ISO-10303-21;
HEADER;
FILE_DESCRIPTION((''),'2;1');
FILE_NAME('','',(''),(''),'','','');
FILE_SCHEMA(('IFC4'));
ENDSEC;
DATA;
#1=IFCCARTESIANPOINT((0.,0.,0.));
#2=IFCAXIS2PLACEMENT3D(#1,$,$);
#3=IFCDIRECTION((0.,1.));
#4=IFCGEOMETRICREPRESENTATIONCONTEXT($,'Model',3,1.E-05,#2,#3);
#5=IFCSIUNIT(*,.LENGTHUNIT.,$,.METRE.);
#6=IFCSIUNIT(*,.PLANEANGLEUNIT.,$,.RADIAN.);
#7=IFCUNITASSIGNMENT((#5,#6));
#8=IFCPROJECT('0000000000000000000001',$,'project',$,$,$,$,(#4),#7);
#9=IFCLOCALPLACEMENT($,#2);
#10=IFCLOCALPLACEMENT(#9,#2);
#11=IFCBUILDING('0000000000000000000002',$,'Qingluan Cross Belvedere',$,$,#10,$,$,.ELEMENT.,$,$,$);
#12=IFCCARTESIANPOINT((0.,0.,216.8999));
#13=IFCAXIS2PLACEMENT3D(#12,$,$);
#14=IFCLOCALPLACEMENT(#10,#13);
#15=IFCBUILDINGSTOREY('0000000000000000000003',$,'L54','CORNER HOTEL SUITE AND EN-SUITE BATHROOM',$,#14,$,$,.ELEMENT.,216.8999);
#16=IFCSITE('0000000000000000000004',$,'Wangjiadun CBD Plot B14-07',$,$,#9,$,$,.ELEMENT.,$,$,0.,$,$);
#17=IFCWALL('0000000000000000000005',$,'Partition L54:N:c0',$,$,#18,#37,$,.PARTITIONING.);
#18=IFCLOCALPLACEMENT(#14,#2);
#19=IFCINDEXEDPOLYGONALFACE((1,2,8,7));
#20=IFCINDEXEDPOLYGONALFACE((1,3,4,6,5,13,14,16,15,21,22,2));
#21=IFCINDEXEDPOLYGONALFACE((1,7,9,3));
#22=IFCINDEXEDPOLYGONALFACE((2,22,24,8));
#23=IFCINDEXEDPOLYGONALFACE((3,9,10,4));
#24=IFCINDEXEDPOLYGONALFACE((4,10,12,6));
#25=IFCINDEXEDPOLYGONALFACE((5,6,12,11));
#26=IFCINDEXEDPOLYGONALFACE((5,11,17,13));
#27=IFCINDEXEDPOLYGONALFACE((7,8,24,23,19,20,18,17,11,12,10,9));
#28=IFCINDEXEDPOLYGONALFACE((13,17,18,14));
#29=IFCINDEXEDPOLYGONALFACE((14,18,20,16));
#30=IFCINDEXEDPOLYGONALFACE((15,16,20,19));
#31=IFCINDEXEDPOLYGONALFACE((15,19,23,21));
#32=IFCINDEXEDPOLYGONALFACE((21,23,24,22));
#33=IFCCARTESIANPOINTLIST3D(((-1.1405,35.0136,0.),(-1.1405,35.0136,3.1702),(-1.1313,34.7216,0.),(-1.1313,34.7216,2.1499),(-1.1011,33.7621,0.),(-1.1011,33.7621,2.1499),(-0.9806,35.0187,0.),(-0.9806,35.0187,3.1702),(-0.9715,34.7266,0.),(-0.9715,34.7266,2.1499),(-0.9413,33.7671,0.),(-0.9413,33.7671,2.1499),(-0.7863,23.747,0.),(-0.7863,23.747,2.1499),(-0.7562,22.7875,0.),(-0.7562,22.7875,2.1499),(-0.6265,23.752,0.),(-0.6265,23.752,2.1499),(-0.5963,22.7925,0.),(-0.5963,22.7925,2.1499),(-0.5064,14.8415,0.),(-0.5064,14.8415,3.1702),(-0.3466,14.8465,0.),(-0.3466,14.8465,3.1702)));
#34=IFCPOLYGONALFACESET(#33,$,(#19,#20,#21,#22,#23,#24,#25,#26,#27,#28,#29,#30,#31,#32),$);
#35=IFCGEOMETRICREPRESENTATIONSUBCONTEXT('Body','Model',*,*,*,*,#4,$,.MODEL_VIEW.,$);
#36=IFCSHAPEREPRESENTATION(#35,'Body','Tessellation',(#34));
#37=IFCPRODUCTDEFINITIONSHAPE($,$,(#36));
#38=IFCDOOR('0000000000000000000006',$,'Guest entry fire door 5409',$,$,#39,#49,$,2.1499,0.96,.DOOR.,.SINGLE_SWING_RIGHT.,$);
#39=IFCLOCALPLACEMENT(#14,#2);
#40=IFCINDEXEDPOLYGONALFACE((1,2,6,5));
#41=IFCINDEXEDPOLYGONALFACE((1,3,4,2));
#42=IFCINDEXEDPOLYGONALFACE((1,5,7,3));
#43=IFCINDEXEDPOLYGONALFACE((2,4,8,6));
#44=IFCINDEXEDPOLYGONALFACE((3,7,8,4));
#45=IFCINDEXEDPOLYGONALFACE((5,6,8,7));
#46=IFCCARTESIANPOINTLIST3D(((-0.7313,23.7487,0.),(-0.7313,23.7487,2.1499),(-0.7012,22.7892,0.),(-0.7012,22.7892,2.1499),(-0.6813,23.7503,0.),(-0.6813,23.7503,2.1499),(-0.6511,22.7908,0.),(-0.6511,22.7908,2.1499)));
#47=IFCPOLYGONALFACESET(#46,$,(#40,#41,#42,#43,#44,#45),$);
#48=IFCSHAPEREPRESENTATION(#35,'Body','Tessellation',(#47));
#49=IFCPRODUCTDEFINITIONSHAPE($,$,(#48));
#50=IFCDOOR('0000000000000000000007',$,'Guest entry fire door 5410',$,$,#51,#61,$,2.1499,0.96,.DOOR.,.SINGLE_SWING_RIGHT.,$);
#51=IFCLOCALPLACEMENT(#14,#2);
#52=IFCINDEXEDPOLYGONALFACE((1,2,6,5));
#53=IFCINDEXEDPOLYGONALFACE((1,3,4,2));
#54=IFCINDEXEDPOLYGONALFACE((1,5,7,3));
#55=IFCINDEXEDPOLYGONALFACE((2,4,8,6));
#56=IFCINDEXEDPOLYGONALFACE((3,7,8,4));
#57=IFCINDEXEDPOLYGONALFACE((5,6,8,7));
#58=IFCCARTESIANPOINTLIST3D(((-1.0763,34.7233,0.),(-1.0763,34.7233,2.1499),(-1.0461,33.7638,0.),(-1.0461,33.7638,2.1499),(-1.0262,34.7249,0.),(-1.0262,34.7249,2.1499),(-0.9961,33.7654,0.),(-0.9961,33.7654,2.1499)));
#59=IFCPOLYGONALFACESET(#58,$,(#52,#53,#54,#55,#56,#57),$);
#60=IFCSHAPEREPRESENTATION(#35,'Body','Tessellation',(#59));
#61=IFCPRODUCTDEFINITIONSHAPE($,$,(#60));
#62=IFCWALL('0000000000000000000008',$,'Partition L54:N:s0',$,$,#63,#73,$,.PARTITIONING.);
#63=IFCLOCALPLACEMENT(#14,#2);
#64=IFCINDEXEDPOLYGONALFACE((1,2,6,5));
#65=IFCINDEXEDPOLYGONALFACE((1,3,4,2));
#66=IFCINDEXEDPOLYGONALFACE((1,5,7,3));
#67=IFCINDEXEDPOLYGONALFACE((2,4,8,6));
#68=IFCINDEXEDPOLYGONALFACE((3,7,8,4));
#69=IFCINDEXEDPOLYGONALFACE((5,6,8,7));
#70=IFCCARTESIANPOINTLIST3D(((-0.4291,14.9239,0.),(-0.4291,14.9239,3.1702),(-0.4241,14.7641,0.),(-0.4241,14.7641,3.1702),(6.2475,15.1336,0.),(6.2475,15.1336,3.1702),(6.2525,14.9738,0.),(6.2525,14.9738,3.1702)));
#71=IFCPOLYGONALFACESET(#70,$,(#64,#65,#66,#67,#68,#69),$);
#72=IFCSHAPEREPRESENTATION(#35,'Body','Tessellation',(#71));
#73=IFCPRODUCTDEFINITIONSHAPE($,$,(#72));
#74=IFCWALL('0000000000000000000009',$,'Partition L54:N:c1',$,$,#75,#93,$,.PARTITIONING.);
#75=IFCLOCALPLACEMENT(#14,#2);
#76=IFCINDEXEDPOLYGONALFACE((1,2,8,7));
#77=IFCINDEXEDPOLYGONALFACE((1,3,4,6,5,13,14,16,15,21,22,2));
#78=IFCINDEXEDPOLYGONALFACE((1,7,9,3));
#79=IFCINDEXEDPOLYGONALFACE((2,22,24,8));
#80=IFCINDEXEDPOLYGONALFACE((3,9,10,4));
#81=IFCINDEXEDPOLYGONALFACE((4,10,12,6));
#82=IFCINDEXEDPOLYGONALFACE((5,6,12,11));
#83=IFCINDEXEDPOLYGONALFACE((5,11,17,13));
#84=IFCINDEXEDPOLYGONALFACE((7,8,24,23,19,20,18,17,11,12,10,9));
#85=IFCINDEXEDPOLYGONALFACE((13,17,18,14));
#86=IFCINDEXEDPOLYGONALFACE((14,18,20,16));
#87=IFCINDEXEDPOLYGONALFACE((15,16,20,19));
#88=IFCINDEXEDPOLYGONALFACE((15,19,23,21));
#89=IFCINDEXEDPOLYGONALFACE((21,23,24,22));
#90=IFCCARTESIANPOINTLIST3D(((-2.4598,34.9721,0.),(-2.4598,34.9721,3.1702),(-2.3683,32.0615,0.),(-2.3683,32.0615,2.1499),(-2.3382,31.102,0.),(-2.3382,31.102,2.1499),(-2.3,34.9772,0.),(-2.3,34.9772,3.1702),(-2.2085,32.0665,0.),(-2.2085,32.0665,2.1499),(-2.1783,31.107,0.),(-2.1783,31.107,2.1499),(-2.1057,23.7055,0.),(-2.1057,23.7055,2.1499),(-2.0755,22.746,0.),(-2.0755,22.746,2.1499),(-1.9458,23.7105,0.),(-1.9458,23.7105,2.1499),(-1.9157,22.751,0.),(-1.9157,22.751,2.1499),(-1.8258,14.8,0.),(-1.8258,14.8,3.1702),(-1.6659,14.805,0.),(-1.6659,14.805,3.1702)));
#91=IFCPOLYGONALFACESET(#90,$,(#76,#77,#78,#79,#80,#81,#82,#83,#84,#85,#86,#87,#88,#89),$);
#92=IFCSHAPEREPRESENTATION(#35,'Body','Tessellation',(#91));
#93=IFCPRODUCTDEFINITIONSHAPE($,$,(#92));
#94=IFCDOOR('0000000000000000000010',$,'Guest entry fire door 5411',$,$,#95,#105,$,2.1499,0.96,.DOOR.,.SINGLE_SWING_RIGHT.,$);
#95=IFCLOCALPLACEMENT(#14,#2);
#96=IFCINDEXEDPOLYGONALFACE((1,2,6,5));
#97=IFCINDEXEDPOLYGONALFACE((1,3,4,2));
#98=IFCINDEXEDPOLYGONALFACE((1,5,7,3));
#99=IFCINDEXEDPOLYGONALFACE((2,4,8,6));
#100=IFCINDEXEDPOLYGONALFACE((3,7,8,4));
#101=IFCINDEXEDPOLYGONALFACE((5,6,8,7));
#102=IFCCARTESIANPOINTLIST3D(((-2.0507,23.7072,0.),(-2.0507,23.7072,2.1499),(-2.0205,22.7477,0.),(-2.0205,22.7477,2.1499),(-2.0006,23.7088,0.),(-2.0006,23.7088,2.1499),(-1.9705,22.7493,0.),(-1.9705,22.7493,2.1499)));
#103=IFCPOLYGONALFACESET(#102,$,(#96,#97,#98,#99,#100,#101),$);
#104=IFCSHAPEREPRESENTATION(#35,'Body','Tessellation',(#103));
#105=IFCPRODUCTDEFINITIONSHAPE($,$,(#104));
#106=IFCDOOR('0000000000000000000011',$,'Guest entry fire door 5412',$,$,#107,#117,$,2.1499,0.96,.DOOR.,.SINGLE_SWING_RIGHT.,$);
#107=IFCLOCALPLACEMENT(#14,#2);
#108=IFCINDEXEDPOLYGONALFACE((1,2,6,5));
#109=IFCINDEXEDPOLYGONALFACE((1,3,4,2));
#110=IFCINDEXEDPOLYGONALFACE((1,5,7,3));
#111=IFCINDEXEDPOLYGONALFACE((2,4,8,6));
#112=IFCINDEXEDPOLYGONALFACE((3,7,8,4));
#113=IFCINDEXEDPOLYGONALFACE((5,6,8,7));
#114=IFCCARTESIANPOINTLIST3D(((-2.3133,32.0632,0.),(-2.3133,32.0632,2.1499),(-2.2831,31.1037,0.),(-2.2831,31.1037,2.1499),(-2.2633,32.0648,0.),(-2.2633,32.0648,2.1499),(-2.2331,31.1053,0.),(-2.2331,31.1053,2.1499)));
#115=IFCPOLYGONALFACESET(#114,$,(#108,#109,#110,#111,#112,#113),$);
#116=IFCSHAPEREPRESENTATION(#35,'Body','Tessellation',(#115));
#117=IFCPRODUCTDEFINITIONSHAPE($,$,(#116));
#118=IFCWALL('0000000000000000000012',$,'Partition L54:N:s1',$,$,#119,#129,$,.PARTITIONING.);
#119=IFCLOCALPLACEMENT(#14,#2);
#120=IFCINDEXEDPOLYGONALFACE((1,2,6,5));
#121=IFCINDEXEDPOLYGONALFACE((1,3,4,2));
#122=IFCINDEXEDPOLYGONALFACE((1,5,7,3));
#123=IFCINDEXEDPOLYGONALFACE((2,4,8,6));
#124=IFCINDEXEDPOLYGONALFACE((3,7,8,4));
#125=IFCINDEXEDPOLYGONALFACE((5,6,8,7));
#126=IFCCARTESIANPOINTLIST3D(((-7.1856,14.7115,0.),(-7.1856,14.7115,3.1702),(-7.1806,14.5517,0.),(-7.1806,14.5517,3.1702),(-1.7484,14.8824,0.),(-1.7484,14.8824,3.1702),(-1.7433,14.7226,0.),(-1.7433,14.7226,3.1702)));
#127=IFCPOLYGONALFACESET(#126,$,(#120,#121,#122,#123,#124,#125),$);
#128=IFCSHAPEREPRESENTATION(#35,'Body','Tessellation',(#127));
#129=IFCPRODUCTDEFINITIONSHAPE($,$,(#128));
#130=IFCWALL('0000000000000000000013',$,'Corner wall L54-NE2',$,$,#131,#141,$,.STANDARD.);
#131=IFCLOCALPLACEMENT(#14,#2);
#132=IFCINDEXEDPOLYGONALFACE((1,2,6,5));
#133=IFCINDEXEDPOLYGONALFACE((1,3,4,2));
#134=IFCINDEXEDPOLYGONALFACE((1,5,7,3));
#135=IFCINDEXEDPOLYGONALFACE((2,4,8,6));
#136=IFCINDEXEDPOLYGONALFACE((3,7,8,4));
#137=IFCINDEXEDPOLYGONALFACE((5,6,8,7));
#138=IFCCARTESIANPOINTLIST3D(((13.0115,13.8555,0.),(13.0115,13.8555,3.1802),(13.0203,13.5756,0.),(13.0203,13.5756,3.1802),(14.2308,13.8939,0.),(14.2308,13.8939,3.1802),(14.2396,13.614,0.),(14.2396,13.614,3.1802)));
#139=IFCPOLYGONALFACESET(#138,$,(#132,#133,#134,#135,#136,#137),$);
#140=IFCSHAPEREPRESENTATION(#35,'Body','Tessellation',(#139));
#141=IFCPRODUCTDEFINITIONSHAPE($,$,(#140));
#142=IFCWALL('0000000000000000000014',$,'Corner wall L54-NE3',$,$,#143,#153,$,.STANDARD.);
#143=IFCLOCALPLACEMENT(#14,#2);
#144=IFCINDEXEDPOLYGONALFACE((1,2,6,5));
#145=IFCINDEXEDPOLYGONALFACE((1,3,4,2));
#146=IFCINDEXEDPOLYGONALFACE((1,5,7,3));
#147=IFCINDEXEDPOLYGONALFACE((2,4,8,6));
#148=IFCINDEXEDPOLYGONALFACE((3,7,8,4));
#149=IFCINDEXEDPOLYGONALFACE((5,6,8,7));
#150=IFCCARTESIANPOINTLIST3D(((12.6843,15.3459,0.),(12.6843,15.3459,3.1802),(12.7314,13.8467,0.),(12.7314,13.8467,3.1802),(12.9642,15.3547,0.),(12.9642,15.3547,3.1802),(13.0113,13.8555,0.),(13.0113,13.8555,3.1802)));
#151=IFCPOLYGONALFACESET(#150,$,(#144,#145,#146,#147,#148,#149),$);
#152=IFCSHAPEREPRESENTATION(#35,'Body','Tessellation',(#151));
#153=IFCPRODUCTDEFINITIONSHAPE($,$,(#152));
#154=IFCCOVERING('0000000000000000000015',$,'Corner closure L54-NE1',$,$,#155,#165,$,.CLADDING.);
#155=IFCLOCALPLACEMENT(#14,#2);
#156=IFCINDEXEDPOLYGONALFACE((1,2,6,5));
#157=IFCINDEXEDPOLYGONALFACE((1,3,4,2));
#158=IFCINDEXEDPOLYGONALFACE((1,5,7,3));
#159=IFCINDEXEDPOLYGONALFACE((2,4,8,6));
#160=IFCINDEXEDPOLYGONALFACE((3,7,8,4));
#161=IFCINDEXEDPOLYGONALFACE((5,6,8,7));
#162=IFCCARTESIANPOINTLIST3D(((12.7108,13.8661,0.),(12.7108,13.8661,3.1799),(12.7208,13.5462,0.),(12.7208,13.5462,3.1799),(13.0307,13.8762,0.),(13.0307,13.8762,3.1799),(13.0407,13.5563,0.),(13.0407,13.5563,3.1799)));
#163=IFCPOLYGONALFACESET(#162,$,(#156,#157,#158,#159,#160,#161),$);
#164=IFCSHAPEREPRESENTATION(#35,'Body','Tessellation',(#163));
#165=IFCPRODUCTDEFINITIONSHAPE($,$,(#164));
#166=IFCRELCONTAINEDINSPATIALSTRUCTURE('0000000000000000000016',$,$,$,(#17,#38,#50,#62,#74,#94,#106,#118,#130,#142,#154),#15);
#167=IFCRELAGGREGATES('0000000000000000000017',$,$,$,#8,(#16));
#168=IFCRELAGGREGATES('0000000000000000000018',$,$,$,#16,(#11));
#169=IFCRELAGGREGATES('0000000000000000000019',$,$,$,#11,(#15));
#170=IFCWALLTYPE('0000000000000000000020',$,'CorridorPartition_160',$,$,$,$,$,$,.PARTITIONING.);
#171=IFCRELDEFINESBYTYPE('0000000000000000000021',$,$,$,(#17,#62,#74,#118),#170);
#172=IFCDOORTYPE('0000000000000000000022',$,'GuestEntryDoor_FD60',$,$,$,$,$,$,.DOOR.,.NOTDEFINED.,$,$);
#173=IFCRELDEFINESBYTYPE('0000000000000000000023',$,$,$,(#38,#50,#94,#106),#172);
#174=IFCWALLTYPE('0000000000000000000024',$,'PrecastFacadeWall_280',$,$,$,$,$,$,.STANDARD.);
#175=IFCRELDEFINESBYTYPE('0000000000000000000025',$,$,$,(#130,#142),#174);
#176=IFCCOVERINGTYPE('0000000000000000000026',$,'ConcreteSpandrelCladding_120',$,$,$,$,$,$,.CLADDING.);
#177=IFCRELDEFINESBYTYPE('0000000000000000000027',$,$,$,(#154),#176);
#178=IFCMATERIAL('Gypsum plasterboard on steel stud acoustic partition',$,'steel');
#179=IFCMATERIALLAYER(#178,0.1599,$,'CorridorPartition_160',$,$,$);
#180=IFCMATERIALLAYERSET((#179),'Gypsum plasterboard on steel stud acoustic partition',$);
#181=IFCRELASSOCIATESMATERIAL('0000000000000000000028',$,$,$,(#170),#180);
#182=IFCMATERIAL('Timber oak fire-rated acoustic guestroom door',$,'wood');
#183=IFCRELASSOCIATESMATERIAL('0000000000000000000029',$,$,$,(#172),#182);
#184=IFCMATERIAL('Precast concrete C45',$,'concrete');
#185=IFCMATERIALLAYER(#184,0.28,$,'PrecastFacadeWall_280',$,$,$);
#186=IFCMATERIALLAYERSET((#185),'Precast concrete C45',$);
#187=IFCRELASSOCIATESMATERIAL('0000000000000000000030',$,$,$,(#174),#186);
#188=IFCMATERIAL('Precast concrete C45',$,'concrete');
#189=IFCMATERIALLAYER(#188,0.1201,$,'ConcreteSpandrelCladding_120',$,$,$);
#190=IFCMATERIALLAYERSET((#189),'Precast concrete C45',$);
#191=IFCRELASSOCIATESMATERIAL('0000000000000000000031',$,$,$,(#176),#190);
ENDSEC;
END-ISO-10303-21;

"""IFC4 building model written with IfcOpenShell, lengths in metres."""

from ifc_helpers import new_model, si_unit, direction, frame, frame_2d, origin, origin_2d, place, context, subcontext, project, spatial, rectangle, extrude, material, layer, layer_set, type_object, element, fill, save


model = new_model("IFC4")

# Units and contexts
model_context = context("Model", 3, precision=1e-05, world=origin(), true_north=direction((0.0, 1.0)))
body_context = subcontext(model_context, "Body", "Model", "MODEL_VIEW")
ifc_project = project(units=[si_unit("LENGTHUNIT", "METRE"), si_unit("PLANEANGLEUNIT", "RADIAN")], contexts=[model_context])

# Site, building, storey
site_placement = place(None, origin())
site = spatial("IfcSite", under=ifc_project, at=site_placement, Name="Wangjiadun CBD Plot B14-07", CompositionType="ELEMENT", RefElevation=0.0)
building_placement = place(site_placement, origin())
building = spatial("IfcBuilding", under=site, at=building_placement, Name="Qingluan Cross Belvedere", CompositionType="ELEMENT")
storey_placement = place(building_placement, frame((0.0, 0.0, 216.8999)))
storey = spatial("IfcBuildingStorey", under=building, at=storey_placement, Name="L54", Description="CORNER HOTEL SUITE AND EN-SUITE BATHROOM", CompositionType="ELEMENT", Elevation=216.8999)

# Shared definitions
ifc_material_1 = material(Name="Gypsum plasterboard on steel stud acoustic partition", Category="steel")
ifc_layer_1 = layer(ifc_material_1, 0.1599, Name="CorridorPartition_160")
ifc_layer_set_1 = layer_set([ifc_layer_1], Name="Gypsum plasterboard on steel stud acoustic partition")
wall_type_1 = type_object("IfcWallType", Name="CorridorPartition_160", PredefinedType="PARTITIONING", material=ifc_layer_set_1)

# Wall, openings, doors
wall_1_placement = place(storey_placement, frame((-0.4265, 14.844, 0.0), z_axis=(0.0, 0.0, 1.0), x_axis=(-0.031416, 0.999506, 0.0)))
wall_1 = element("IfcWall", 1, at=wall_1_placement, inside=storey, type_object=wall_type_1, Name="Partition L54:N:c0", PredefinedType="PARTITIONING", context=body_context, shape_type="SweptSolid", body=[
    extrude(rectangle(XDim=20.1821, YDim=0.1599, at=frame_2d((10.0911, 0.0))), origin(), (0.0, 0.0, 1.0), 3.1702),
])
opening_1_placement = place(wall_1_placement, frame((7.95, 0.0, 0.0)))
opening_1 = element("IfcOpeningElement", 2, at=opening_1_placement, cuts=wall_1, PredefinedType="OPENING", context=body_context, shape_type="SweptSolid", body=[
    extrude(rectangle(XDim=0.96, YDim=2.1499, at=frame_2d((0.48, 1.075))), frame((0.0, 0.0898, 0.0), z_axis=(0.0, -1.0, 0.0), x_axis=(1.0, 0.0, 0.0)), (0.0, 0.0, 1.0), 0.1799),
])
opening_2_placement = place(wall_1_placement, frame((18.9299, 0.0, 0.0)))
opening_2 = element("IfcOpeningElement", 3, at=opening_2_placement, cuts=wall_1, PredefinedType="OPENING", context=body_context, shape_type="SweptSolid", body=[
    extrude(rectangle(XDim=0.96, YDim=2.1499, at=frame_2d((0.48, 1.075))), frame((0.0, 0.0898, 0.0), z_axis=(0.0, -1.0, 0.0), x_axis=(1.0, 0.0, 0.0)), (0.0, 0.0, 1.0), 0.1799),
])
ifc_material_2 = material(Name="Timber oak fire-rated acoustic guestroom door", Category="wood")
door_type = type_object("IfcDoorType", Name="GuestEntryDoor_FD60", OperationType="NOTDEFINED", PredefinedType="DOOR", material=ifc_material_2)
door_1_placement = place(opening_1_placement, origin())
door_1 = element("IfcDoor", 4, at=door_1_placement, inside=storey, type_object=door_type, Name="Guest entry fire door 5409", OperationType="SINGLE_SWING_RIGHT", OverallHeight=2.1499, OverallWidth=0.96, PredefinedType="DOOR", context=body_context, shape_type="SweptSolid", body=[
    extrude(rectangle(XDim=0.96, YDim=2.1499, at=frame_2d((0.48, 1.075))), frame((0.0, 0.0249, 0.0), z_axis=(0.0, -1.0, 0.0), x_axis=(1.0, 0.0, 0.0)), (0.0, 0.0, 1.0), 0.05),
])
fill(opening_1, door_1)
door_2_placement = place(opening_2_placement, origin())
door_2 = element("IfcDoor", 5, at=door_2_placement, inside=storey, type_object=door_type, Name="Guest entry fire door 5410", OperationType="SINGLE_SWING_RIGHT", OverallHeight=2.1499, OverallWidth=0.96, PredefinedType="DOOR", context=body_context, shape_type="SweptSolid", body=[
    extrude(rectangle(XDim=0.96, YDim=2.1499, at=frame_2d((0.48, 1.075))), frame((0.0, 0.0249, 0.0), z_axis=(0.0, -1.0, 0.0), x_axis=(1.0, 0.0, 0.0)), (0.0, 0.0, 1.0), 0.05),
])
fill(opening_2, door_2)

# Wall
wall_2_placement = place(storey_placement, frame((-0.4265, 14.844, 0.0), z_axis=(0.0, 0.0, 1.0), x_axis=(0.999507, 0.031394, 0.0)))
element("IfcWall", 6, at=wall_2_placement, inside=storey, type_object=wall_type_1, Name="Partition L54:N:s0", PredefinedType="PARTITIONING", context=body_context, shape_type="SweptSolid", body=[
    extrude(rectangle(XDim=6.6799, YDim=0.1599, at=frame_2d((3.3398, 0.0))), origin(), (0.0, 0.0, 1.0), 3.1702),
])

# Wall, openings, doors
wall_3_placement = place(storey_placement, frame((-1.7458, 14.8025, 0.0), z_axis=(0.0, 0.0, 1.0), x_axis=(-0.031416, 0.999506, 0.0)))
wall_3 = element("IfcWall", 7, at=wall_3_placement, inside=storey, type_object=wall_type_1, Name="Partition L54:N:c1", PredefinedType="PARTITIONING", context=body_context, shape_type="SweptSolid", body=[
    extrude(rectangle(XDim=20.1821, YDim=0.1599, at=frame_2d((10.0911, 0.0))), origin(), (0.0, 0.0, 1.0), 3.1702),
])
opening_3_placement = place(wall_3_placement, frame((7.95, 0.0, 0.0)))
opening_3 = element("IfcOpeningElement", 8, at=opening_3_placement, cuts=wall_3, PredefinedType="OPENING", context=body_context, shape_type="SweptSolid", body=[
    extrude(rectangle(XDim=0.96, YDim=2.1499, at=frame_2d((0.48, 1.075))), frame((0.0, 0.0898, 0.0), z_axis=(0.0, -1.0, 0.0), x_axis=(1.0, 0.0, 0.0)), (0.0, 0.0, 1.0), 0.1799),
])
opening_4_placement = place(wall_3_placement, frame((16.3101, 0.0, 0.0)))
opening_4 = element("IfcOpeningElement", 9, at=opening_4_placement, cuts=wall_3, PredefinedType="OPENING", context=body_context, shape_type="SweptSolid", body=[
    extrude(rectangle(XDim=0.96, YDim=2.1499, at=frame_2d((0.48, 1.075))), frame((0.0, 0.0898, 0.0), z_axis=(0.0, -1.0, 0.0), x_axis=(1.0, 0.0, 0.0)), (0.0, 0.0, 1.0), 0.1799),
])
door_3_placement = place(opening_3_placement, origin())
door_3 = element("IfcDoor", 10, at=door_3_placement, inside=storey, type_object=door_type, Name="Guest entry fire door 5411", OperationType="SINGLE_SWING_RIGHT", OverallHeight=2.1499, OverallWidth=0.96, PredefinedType="DOOR", context=body_context, shape_type="SweptSolid", body=[
    extrude(rectangle(XDim=0.96, YDim=2.1499, at=frame_2d((0.48, 1.075))), frame((0.0, 0.0249, 0.0), z_axis=(0.0, -1.0, 0.0), x_axis=(1.0, 0.0, 0.0)), (0.0, 0.0, 1.0), 0.05),
])
fill(opening_3, door_3)
door_4_placement = place(opening_4_placement, origin())
door_4 = element("IfcDoor", 11, at=door_4_placement, inside=storey, type_object=door_type, Name="Guest entry fire door 5412", OperationType="SINGLE_SWING_RIGHT", OverallHeight=2.1499, OverallWidth=0.96, PredefinedType="DOOR", context=body_context, shape_type="SweptSolid", body=[
    extrude(rectangle(XDim=0.96, YDim=2.1499, at=frame_2d((0.48, 1.075))), frame((0.0, 0.0249, 0.0), z_axis=(0.0, -1.0, 0.0), x_axis=(1.0, 0.0, 0.0)), (0.0, 0.0, 1.0), 0.05),
])
fill(opening_4, door_4)

# Walls
wall_4_placement = place(storey_placement, frame((-1.7458, 14.8025, 0.0), z_axis=(0.0, 0.0, 1.0), x_axis=(-0.999506, -0.031415, 0.0)))
element("IfcWall", 12, at=wall_4_placement, inside=storey, type_object=wall_type_1, Name="Partition L54:N:s1", PredefinedType="PARTITIONING", context=body_context, shape_type="SweptSolid", body=[
    extrude(rectangle(XDim=5.4399, YDim=0.1599, at=frame_2d((2.72, 0.0))), origin(), (0.0, 0.0, 1.0), 3.1702),
])
ifc_material_3 = material(Name="Precast concrete C45", Category="concrete")
ifc_layer_2 = layer(ifc_material_3, 0.28, Name="PrecastFacadeWall_280")
ifc_layer_set_2 = layer_set([ifc_layer_2], Name="Precast concrete C45")
wall_type_2 = type_object("IfcWallType", Name="PrecastFacadeWall_280", PredefinedType="STANDARD", material=ifc_layer_set_2)
wall_5_placement = place(storey_placement, frame((14.2351, 13.7539, 0.0), z_axis=(0.0, 0.0, 1.0), x_axis=(-0.999506, -0.031416, 0.0)))
element("IfcWall", 13, at=wall_5_placement, inside=storey, type_object=wall_type_2, Name="Corner wall L54-NE2", PredefinedType="STANDARD", context=body_context, shape_type="SweptSolid", body=[
    extrude(rectangle(XDim=1.22, YDim=0.28, at=frame_2d((0.6099, 0.0))), origin(), (0.0, 0.0, 1.0), 3.1802),
])
wall_6_placement = place(storey_placement, frame((12.8713, 13.8511, 0.0), z_axis=(0.0, 0.0, 1.0), x_axis=(-0.031413, 0.999507, 0.0)))
element("IfcWall", 14, at=wall_6_placement, inside=storey, type_object=wall_type_2, Name="Corner wall L54-NE3", PredefinedType="STANDARD", context=body_context, shape_type="SweptSolid", body=[
    extrude(rectangle(XDim=1.5, YDim=0.28, at=frame_2d((0.75, 0.0))), origin(), (0.0, 0.0, 1.0), 3.1802),
])

# Covering
ifc_material_4 = material(Name="Precast concrete C45", Category="concrete")
ifc_layer_3 = layer(ifc_material_4, 0.1201, Name="ConcreteSpandrelCladding_120")
ifc_layer_set_3 = layer_set([ifc_layer_3], Name="Precast concrete C45")
covering_type = type_object("IfcCoveringType", Name="ConcreteSpandrelCladding_120", PredefinedType="CLADDING", material=ifc_layer_set_3)
covering_placement = place(storey_placement, frame((12.8757, 13.7112, 0.0), z_axis=(0.0, 0.0, 1.0), x_axis=(0.999507, 0.031411, 0.0)))
element("IfcCovering", 15, at=covering_placement, inside=storey, type_object=covering_type, Name="Corner closure L54-NE1", PredefinedType="CLADDING", context=body_context, shape_type="SweptSolid", body=[
    extrude(rectangle(XDim=0.3201, YDim=0.3201, at=origin_2d()), origin(), (0.0, 0.0, 1.0), 3.1799),
])

save(model, "model.ifc")
